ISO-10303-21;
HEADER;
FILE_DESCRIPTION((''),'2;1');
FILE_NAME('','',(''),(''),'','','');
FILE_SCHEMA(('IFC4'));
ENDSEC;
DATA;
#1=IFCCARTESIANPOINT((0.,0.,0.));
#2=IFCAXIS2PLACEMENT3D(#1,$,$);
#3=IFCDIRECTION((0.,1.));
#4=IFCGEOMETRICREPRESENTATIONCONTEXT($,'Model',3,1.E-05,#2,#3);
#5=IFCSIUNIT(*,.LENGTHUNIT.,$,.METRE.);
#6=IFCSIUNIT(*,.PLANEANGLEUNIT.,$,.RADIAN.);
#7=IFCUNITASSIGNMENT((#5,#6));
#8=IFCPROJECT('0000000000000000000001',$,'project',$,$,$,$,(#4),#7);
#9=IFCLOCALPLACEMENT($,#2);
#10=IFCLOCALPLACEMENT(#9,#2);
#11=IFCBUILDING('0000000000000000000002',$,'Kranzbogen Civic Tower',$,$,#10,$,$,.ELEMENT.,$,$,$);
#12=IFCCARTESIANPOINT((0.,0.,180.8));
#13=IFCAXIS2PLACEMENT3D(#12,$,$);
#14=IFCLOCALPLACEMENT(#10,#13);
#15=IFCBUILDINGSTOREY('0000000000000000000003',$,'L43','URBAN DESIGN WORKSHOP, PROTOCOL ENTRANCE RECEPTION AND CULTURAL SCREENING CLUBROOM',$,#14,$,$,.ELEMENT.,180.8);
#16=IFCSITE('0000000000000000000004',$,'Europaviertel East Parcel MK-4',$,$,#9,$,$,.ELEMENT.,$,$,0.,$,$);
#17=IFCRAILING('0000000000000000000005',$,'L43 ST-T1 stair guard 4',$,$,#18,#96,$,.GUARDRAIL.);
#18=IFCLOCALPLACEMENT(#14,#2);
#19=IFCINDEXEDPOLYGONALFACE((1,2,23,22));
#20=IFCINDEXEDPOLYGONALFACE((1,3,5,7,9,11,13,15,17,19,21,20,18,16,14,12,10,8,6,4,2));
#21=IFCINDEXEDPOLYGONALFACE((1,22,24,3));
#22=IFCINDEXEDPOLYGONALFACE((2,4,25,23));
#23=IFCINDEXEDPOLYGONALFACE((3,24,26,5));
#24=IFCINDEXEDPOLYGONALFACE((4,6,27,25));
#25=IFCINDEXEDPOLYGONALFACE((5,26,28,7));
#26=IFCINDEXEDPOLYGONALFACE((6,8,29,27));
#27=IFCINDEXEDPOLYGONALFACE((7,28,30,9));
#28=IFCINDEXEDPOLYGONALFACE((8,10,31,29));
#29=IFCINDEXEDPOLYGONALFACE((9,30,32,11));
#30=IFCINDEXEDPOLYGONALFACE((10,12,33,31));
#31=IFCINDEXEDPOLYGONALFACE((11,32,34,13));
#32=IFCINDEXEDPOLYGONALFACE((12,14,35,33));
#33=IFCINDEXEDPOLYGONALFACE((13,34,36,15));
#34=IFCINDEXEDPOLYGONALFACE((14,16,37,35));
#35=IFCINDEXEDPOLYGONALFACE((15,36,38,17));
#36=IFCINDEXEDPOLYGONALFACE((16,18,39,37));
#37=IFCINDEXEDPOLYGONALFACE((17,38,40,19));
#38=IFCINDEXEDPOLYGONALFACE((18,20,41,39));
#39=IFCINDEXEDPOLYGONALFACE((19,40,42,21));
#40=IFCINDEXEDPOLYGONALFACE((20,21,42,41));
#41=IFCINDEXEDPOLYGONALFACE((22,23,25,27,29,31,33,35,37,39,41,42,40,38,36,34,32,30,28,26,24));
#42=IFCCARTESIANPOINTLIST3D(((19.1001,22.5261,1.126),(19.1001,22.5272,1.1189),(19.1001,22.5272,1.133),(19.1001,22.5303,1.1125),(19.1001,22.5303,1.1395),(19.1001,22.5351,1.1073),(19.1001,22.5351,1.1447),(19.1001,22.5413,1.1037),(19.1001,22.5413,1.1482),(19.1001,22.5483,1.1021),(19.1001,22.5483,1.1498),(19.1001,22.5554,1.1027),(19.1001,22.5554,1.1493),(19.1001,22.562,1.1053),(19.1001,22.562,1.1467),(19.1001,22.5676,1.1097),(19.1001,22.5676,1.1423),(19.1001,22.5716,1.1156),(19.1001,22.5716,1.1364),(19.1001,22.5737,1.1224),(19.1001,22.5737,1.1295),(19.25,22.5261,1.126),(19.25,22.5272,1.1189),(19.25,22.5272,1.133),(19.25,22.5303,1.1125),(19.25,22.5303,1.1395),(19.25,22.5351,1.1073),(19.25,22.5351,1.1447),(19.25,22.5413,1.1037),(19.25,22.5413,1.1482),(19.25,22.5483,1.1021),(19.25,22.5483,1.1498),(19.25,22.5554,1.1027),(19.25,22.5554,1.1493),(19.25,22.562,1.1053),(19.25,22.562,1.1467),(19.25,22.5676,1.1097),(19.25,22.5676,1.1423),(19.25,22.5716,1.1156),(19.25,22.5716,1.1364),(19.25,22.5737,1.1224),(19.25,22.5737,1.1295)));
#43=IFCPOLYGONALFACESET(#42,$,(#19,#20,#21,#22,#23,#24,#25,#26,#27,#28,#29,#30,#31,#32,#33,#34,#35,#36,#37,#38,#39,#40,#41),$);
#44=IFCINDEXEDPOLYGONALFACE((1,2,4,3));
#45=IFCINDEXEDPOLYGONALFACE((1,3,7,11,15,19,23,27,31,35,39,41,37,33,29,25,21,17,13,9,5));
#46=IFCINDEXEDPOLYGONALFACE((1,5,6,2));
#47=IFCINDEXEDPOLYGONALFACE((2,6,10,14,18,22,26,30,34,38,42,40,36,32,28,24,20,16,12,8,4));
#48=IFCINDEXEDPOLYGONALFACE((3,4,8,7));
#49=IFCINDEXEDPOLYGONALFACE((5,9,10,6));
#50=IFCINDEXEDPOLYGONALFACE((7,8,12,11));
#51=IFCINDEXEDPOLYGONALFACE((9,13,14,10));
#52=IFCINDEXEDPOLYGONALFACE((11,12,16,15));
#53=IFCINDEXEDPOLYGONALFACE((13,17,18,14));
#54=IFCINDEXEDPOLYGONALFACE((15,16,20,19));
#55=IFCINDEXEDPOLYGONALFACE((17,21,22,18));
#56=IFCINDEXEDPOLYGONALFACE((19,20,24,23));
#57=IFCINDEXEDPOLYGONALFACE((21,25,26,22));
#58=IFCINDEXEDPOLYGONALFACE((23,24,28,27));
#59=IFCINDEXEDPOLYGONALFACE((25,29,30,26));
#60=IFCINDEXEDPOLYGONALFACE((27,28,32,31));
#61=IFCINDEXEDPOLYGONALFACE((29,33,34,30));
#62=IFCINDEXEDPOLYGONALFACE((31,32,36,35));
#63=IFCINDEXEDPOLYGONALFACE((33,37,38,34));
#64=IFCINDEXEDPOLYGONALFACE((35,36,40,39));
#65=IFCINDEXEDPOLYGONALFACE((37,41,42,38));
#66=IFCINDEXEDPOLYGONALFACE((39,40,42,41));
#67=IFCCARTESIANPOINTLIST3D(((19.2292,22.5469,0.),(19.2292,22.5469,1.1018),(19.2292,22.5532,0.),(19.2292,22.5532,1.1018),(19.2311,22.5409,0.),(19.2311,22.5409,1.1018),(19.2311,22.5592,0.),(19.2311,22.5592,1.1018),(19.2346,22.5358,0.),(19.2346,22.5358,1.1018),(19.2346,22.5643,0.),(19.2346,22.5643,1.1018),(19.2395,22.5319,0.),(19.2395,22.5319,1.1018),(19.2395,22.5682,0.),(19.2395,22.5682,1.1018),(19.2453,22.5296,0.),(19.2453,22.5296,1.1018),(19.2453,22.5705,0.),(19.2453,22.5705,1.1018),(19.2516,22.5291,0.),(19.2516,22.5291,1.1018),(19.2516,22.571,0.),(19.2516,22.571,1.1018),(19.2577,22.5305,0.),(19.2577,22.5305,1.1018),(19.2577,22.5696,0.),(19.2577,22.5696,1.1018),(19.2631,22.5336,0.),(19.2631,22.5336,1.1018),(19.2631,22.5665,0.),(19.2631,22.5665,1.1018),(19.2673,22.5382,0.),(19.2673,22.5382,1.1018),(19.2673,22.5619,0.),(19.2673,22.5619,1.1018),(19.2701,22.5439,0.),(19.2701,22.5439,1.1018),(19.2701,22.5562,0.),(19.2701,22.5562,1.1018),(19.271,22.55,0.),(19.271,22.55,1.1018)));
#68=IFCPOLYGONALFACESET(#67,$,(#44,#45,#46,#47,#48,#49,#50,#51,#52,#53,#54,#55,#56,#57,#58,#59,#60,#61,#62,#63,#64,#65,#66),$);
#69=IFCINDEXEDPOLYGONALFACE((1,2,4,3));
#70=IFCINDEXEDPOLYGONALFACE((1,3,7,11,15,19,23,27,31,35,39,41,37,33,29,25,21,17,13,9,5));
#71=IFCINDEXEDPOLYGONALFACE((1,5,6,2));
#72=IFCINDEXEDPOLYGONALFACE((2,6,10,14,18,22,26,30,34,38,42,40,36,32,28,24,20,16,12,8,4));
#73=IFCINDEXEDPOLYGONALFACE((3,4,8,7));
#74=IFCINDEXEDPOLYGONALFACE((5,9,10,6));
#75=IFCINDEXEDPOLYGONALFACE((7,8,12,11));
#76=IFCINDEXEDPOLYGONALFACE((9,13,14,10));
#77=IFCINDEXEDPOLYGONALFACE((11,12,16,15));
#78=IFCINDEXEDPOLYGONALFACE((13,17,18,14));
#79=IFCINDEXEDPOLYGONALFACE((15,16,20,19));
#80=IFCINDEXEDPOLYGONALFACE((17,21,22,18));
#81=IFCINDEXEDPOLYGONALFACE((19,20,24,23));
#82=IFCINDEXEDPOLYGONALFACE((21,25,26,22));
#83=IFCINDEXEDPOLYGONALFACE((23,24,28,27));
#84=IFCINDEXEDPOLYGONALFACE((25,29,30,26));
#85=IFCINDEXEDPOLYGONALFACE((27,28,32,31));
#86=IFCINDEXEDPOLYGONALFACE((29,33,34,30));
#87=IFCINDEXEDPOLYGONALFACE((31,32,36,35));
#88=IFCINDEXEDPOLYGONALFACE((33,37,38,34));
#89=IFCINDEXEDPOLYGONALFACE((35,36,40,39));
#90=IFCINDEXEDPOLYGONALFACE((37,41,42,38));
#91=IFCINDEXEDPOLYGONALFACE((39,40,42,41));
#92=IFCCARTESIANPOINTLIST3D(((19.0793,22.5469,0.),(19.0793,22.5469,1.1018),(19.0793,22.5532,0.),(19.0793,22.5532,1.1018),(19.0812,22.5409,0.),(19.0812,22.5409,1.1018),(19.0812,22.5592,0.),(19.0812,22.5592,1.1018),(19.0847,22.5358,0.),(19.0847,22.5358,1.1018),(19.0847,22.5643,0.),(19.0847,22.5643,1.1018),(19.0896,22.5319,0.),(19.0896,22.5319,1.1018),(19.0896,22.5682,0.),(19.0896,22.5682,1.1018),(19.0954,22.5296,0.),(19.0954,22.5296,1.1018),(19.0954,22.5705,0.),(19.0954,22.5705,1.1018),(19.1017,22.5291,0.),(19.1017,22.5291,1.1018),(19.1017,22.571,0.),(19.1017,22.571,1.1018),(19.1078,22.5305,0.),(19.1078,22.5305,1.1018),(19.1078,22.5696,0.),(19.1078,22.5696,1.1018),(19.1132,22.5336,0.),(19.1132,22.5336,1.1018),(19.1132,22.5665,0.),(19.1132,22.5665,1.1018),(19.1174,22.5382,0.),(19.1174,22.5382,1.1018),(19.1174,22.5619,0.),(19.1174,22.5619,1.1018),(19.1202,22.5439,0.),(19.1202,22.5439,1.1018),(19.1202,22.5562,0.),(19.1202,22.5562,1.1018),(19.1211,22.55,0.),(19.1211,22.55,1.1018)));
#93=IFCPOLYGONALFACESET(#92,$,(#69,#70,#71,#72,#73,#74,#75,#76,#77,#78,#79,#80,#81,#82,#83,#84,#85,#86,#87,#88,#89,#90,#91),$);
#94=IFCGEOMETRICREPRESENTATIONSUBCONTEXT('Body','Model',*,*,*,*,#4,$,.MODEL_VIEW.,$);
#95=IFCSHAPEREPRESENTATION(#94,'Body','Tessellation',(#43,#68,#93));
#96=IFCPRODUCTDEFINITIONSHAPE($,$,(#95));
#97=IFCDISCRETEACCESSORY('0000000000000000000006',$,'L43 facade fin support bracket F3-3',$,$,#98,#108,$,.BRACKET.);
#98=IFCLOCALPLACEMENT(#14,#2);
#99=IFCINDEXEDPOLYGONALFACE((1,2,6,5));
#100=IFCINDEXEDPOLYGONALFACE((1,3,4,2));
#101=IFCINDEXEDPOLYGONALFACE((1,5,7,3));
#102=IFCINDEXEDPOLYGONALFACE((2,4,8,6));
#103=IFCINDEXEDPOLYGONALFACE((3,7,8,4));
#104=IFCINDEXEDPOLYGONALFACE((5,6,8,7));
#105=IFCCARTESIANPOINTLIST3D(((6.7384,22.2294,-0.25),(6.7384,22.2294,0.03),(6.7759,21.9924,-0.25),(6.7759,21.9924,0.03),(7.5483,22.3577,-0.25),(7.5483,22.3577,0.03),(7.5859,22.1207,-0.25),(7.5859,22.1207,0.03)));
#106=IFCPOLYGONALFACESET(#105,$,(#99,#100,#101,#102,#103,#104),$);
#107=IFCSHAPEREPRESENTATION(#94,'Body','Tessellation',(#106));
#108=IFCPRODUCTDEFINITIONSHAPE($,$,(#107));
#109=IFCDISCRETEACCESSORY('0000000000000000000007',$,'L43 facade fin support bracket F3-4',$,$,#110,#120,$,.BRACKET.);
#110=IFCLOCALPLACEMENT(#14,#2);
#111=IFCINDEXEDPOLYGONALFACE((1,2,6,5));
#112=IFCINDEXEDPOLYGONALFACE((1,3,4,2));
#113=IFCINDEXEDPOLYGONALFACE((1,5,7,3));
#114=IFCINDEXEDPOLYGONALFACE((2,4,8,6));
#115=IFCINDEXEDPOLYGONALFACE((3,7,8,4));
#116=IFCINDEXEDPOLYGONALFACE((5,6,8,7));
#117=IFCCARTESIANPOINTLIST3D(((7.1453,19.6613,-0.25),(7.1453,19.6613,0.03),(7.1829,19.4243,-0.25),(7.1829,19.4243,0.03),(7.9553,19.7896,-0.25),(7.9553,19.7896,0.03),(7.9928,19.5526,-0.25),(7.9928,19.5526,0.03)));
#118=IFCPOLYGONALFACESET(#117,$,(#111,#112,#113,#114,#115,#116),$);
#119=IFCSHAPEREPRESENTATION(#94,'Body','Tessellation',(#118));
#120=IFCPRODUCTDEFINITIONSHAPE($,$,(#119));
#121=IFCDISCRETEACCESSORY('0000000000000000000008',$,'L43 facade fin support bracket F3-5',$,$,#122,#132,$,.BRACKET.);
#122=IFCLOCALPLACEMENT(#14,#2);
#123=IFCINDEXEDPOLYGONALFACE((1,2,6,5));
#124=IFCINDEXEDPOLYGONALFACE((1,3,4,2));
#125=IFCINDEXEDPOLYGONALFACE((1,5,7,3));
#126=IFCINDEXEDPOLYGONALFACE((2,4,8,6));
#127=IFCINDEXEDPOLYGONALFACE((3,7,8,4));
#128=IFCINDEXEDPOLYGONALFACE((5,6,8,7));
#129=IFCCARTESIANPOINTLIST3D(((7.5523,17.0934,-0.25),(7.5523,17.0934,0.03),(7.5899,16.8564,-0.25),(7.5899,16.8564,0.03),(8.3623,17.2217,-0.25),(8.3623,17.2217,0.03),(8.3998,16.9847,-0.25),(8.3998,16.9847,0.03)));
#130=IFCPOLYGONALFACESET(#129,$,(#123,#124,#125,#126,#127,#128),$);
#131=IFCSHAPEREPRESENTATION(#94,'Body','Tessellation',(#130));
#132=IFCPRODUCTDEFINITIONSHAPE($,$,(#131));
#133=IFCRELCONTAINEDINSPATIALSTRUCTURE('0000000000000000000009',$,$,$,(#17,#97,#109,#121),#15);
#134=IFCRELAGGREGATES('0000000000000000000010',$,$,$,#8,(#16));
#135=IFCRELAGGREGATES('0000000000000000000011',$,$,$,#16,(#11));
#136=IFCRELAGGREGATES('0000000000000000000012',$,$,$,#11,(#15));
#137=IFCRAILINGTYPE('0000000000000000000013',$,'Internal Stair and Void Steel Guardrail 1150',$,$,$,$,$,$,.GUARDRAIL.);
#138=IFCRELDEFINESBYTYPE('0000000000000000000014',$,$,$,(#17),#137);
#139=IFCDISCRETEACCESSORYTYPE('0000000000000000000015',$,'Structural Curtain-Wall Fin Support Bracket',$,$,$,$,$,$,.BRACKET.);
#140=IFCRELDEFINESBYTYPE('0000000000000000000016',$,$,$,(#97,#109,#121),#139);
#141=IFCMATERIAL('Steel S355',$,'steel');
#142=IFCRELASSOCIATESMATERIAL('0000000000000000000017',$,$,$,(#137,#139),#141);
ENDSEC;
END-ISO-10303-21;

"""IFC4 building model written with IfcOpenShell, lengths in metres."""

from ifc_helpers import new_model, si_unit, direction, frame, origin, origin_2d, place, context, subcontext, project, spatial, rectangle, circle, extrude, material, type_object, element, save


model = new_model("IFC4")

# Units and contexts
model_context = context("Model", 3, precision=1e-05, world=origin(), true_north=direction((0.0, 1.0)))
body_context = subcontext(model_context, "Body", "Model", "MODEL_VIEW")
ifc_project = project(units=[si_unit("LENGTHUNIT", "METRE"), si_unit("PLANEANGLEUNIT", "RADIAN")], contexts=[model_context])

# Site, building, storey
site_placement = place(None, origin())
site = spatial("IfcSite", under=ifc_project, at=site_placement, Name="Europaviertel East Parcel MK-4", CompositionType="ELEMENT", RefElevation=0.0)
building_placement = place(site_placement, origin())
building = spatial("IfcBuilding", under=site, at=building_placement, Name="Kranzbogen Civic Tower", CompositionType="ELEMENT")
storey_placement = place(building_placement, frame((0.0, 0.0, 180.8)))
storey = spatial("IfcBuildingStorey", under=building, at=storey_placement, Name="L43", Description="URBAN DESIGN WORKSHOP, PROTOCOL ENTRANCE RECEPTION AND CULTURAL SCREENING CLUBROOM", CompositionType="ELEMENT", Elevation=180.8)

# Shared definitions
ifc_material_1 = material(Name="Steel S355", Category="steel")

# Railing
railing_type = type_object("IfcRailingType", Name="Internal Stair and Void Steel Guardrail 1150", PredefinedType="GUARDRAIL", material=ifc_material_1)
railing_1_placement = place(storey_placement, frame((19.25, 22.55, 0.0)))
element("IfcRailing", 1, at=railing_1_placement, inside=storey, type_object=railing_type, Name="L43 ST-T1 stair guard 4", PredefinedType="GUARDRAIL", context=body_context, shape_type="SweptSolid", body=[
    extrude(circle(Radius=0.0239, at=origin_2d()), frame((0.0, 0.0, 1.126), z_axis=(-1.0, 0.0, 0.0), x_axis=(0.0, -1.0, 0.0)), (0.0, 0.0, 1.0), 0.1499),
    extrude(circle(Radius=0.021, at=origin_2d()), origin(), (0.0, 0.0, 1.0), 1.1018),
    extrude(circle(Radius=0.021, at=origin_2d()), frame((-0.1499, 0.0, 0.0)), (0.0, 0.0, 1.0), 1.1018),
])

# Discrete accessories
discrete_accessory_type = type_object("IfcDiscreteAccessoryType", Name="Structural Curtain-Wall Fin Support Bracket", PredefinedType="BRACKET", material=ifc_material_1)
for number, where, z_axis, x_axis, name in (
    (2, (7.1621, 22.175, -0.25), (0.0, 0.0, 1.0), (-0.987688, -0.156434, 0.0), "L43 facade fin support bracket F3-3"),
    (3, (7.5691, 19.6069, -0.25), (0.0, 0.0, 1.0), (-0.987688, -0.156434, 0.0), "L43 facade fin support bracket F3-4"),
    (4, (7.9761, 17.0391, -0.25), (0.0, 0.0, 1.0), (-0.987688, -0.156434, 0.0), "L43 facade fin support bracket F3-5"),
):
    element("IfcDiscreteAccessory", number, at=place(storey_placement, frame(where, z_axis=z_axis, x_axis=x_axis)), inside=storey, type_object=discrete_accessory_type, Name=name, PredefinedType="BRACKET", context=body_context, shape_type="SweptSolid", body=[
        extrude(rectangle(XDim=0.8201, YDim=0.24, at=origin_2d()), origin(), (0.0, 0.0, 1.0), 0.28),
    ])

save(model, "model.ifc")
